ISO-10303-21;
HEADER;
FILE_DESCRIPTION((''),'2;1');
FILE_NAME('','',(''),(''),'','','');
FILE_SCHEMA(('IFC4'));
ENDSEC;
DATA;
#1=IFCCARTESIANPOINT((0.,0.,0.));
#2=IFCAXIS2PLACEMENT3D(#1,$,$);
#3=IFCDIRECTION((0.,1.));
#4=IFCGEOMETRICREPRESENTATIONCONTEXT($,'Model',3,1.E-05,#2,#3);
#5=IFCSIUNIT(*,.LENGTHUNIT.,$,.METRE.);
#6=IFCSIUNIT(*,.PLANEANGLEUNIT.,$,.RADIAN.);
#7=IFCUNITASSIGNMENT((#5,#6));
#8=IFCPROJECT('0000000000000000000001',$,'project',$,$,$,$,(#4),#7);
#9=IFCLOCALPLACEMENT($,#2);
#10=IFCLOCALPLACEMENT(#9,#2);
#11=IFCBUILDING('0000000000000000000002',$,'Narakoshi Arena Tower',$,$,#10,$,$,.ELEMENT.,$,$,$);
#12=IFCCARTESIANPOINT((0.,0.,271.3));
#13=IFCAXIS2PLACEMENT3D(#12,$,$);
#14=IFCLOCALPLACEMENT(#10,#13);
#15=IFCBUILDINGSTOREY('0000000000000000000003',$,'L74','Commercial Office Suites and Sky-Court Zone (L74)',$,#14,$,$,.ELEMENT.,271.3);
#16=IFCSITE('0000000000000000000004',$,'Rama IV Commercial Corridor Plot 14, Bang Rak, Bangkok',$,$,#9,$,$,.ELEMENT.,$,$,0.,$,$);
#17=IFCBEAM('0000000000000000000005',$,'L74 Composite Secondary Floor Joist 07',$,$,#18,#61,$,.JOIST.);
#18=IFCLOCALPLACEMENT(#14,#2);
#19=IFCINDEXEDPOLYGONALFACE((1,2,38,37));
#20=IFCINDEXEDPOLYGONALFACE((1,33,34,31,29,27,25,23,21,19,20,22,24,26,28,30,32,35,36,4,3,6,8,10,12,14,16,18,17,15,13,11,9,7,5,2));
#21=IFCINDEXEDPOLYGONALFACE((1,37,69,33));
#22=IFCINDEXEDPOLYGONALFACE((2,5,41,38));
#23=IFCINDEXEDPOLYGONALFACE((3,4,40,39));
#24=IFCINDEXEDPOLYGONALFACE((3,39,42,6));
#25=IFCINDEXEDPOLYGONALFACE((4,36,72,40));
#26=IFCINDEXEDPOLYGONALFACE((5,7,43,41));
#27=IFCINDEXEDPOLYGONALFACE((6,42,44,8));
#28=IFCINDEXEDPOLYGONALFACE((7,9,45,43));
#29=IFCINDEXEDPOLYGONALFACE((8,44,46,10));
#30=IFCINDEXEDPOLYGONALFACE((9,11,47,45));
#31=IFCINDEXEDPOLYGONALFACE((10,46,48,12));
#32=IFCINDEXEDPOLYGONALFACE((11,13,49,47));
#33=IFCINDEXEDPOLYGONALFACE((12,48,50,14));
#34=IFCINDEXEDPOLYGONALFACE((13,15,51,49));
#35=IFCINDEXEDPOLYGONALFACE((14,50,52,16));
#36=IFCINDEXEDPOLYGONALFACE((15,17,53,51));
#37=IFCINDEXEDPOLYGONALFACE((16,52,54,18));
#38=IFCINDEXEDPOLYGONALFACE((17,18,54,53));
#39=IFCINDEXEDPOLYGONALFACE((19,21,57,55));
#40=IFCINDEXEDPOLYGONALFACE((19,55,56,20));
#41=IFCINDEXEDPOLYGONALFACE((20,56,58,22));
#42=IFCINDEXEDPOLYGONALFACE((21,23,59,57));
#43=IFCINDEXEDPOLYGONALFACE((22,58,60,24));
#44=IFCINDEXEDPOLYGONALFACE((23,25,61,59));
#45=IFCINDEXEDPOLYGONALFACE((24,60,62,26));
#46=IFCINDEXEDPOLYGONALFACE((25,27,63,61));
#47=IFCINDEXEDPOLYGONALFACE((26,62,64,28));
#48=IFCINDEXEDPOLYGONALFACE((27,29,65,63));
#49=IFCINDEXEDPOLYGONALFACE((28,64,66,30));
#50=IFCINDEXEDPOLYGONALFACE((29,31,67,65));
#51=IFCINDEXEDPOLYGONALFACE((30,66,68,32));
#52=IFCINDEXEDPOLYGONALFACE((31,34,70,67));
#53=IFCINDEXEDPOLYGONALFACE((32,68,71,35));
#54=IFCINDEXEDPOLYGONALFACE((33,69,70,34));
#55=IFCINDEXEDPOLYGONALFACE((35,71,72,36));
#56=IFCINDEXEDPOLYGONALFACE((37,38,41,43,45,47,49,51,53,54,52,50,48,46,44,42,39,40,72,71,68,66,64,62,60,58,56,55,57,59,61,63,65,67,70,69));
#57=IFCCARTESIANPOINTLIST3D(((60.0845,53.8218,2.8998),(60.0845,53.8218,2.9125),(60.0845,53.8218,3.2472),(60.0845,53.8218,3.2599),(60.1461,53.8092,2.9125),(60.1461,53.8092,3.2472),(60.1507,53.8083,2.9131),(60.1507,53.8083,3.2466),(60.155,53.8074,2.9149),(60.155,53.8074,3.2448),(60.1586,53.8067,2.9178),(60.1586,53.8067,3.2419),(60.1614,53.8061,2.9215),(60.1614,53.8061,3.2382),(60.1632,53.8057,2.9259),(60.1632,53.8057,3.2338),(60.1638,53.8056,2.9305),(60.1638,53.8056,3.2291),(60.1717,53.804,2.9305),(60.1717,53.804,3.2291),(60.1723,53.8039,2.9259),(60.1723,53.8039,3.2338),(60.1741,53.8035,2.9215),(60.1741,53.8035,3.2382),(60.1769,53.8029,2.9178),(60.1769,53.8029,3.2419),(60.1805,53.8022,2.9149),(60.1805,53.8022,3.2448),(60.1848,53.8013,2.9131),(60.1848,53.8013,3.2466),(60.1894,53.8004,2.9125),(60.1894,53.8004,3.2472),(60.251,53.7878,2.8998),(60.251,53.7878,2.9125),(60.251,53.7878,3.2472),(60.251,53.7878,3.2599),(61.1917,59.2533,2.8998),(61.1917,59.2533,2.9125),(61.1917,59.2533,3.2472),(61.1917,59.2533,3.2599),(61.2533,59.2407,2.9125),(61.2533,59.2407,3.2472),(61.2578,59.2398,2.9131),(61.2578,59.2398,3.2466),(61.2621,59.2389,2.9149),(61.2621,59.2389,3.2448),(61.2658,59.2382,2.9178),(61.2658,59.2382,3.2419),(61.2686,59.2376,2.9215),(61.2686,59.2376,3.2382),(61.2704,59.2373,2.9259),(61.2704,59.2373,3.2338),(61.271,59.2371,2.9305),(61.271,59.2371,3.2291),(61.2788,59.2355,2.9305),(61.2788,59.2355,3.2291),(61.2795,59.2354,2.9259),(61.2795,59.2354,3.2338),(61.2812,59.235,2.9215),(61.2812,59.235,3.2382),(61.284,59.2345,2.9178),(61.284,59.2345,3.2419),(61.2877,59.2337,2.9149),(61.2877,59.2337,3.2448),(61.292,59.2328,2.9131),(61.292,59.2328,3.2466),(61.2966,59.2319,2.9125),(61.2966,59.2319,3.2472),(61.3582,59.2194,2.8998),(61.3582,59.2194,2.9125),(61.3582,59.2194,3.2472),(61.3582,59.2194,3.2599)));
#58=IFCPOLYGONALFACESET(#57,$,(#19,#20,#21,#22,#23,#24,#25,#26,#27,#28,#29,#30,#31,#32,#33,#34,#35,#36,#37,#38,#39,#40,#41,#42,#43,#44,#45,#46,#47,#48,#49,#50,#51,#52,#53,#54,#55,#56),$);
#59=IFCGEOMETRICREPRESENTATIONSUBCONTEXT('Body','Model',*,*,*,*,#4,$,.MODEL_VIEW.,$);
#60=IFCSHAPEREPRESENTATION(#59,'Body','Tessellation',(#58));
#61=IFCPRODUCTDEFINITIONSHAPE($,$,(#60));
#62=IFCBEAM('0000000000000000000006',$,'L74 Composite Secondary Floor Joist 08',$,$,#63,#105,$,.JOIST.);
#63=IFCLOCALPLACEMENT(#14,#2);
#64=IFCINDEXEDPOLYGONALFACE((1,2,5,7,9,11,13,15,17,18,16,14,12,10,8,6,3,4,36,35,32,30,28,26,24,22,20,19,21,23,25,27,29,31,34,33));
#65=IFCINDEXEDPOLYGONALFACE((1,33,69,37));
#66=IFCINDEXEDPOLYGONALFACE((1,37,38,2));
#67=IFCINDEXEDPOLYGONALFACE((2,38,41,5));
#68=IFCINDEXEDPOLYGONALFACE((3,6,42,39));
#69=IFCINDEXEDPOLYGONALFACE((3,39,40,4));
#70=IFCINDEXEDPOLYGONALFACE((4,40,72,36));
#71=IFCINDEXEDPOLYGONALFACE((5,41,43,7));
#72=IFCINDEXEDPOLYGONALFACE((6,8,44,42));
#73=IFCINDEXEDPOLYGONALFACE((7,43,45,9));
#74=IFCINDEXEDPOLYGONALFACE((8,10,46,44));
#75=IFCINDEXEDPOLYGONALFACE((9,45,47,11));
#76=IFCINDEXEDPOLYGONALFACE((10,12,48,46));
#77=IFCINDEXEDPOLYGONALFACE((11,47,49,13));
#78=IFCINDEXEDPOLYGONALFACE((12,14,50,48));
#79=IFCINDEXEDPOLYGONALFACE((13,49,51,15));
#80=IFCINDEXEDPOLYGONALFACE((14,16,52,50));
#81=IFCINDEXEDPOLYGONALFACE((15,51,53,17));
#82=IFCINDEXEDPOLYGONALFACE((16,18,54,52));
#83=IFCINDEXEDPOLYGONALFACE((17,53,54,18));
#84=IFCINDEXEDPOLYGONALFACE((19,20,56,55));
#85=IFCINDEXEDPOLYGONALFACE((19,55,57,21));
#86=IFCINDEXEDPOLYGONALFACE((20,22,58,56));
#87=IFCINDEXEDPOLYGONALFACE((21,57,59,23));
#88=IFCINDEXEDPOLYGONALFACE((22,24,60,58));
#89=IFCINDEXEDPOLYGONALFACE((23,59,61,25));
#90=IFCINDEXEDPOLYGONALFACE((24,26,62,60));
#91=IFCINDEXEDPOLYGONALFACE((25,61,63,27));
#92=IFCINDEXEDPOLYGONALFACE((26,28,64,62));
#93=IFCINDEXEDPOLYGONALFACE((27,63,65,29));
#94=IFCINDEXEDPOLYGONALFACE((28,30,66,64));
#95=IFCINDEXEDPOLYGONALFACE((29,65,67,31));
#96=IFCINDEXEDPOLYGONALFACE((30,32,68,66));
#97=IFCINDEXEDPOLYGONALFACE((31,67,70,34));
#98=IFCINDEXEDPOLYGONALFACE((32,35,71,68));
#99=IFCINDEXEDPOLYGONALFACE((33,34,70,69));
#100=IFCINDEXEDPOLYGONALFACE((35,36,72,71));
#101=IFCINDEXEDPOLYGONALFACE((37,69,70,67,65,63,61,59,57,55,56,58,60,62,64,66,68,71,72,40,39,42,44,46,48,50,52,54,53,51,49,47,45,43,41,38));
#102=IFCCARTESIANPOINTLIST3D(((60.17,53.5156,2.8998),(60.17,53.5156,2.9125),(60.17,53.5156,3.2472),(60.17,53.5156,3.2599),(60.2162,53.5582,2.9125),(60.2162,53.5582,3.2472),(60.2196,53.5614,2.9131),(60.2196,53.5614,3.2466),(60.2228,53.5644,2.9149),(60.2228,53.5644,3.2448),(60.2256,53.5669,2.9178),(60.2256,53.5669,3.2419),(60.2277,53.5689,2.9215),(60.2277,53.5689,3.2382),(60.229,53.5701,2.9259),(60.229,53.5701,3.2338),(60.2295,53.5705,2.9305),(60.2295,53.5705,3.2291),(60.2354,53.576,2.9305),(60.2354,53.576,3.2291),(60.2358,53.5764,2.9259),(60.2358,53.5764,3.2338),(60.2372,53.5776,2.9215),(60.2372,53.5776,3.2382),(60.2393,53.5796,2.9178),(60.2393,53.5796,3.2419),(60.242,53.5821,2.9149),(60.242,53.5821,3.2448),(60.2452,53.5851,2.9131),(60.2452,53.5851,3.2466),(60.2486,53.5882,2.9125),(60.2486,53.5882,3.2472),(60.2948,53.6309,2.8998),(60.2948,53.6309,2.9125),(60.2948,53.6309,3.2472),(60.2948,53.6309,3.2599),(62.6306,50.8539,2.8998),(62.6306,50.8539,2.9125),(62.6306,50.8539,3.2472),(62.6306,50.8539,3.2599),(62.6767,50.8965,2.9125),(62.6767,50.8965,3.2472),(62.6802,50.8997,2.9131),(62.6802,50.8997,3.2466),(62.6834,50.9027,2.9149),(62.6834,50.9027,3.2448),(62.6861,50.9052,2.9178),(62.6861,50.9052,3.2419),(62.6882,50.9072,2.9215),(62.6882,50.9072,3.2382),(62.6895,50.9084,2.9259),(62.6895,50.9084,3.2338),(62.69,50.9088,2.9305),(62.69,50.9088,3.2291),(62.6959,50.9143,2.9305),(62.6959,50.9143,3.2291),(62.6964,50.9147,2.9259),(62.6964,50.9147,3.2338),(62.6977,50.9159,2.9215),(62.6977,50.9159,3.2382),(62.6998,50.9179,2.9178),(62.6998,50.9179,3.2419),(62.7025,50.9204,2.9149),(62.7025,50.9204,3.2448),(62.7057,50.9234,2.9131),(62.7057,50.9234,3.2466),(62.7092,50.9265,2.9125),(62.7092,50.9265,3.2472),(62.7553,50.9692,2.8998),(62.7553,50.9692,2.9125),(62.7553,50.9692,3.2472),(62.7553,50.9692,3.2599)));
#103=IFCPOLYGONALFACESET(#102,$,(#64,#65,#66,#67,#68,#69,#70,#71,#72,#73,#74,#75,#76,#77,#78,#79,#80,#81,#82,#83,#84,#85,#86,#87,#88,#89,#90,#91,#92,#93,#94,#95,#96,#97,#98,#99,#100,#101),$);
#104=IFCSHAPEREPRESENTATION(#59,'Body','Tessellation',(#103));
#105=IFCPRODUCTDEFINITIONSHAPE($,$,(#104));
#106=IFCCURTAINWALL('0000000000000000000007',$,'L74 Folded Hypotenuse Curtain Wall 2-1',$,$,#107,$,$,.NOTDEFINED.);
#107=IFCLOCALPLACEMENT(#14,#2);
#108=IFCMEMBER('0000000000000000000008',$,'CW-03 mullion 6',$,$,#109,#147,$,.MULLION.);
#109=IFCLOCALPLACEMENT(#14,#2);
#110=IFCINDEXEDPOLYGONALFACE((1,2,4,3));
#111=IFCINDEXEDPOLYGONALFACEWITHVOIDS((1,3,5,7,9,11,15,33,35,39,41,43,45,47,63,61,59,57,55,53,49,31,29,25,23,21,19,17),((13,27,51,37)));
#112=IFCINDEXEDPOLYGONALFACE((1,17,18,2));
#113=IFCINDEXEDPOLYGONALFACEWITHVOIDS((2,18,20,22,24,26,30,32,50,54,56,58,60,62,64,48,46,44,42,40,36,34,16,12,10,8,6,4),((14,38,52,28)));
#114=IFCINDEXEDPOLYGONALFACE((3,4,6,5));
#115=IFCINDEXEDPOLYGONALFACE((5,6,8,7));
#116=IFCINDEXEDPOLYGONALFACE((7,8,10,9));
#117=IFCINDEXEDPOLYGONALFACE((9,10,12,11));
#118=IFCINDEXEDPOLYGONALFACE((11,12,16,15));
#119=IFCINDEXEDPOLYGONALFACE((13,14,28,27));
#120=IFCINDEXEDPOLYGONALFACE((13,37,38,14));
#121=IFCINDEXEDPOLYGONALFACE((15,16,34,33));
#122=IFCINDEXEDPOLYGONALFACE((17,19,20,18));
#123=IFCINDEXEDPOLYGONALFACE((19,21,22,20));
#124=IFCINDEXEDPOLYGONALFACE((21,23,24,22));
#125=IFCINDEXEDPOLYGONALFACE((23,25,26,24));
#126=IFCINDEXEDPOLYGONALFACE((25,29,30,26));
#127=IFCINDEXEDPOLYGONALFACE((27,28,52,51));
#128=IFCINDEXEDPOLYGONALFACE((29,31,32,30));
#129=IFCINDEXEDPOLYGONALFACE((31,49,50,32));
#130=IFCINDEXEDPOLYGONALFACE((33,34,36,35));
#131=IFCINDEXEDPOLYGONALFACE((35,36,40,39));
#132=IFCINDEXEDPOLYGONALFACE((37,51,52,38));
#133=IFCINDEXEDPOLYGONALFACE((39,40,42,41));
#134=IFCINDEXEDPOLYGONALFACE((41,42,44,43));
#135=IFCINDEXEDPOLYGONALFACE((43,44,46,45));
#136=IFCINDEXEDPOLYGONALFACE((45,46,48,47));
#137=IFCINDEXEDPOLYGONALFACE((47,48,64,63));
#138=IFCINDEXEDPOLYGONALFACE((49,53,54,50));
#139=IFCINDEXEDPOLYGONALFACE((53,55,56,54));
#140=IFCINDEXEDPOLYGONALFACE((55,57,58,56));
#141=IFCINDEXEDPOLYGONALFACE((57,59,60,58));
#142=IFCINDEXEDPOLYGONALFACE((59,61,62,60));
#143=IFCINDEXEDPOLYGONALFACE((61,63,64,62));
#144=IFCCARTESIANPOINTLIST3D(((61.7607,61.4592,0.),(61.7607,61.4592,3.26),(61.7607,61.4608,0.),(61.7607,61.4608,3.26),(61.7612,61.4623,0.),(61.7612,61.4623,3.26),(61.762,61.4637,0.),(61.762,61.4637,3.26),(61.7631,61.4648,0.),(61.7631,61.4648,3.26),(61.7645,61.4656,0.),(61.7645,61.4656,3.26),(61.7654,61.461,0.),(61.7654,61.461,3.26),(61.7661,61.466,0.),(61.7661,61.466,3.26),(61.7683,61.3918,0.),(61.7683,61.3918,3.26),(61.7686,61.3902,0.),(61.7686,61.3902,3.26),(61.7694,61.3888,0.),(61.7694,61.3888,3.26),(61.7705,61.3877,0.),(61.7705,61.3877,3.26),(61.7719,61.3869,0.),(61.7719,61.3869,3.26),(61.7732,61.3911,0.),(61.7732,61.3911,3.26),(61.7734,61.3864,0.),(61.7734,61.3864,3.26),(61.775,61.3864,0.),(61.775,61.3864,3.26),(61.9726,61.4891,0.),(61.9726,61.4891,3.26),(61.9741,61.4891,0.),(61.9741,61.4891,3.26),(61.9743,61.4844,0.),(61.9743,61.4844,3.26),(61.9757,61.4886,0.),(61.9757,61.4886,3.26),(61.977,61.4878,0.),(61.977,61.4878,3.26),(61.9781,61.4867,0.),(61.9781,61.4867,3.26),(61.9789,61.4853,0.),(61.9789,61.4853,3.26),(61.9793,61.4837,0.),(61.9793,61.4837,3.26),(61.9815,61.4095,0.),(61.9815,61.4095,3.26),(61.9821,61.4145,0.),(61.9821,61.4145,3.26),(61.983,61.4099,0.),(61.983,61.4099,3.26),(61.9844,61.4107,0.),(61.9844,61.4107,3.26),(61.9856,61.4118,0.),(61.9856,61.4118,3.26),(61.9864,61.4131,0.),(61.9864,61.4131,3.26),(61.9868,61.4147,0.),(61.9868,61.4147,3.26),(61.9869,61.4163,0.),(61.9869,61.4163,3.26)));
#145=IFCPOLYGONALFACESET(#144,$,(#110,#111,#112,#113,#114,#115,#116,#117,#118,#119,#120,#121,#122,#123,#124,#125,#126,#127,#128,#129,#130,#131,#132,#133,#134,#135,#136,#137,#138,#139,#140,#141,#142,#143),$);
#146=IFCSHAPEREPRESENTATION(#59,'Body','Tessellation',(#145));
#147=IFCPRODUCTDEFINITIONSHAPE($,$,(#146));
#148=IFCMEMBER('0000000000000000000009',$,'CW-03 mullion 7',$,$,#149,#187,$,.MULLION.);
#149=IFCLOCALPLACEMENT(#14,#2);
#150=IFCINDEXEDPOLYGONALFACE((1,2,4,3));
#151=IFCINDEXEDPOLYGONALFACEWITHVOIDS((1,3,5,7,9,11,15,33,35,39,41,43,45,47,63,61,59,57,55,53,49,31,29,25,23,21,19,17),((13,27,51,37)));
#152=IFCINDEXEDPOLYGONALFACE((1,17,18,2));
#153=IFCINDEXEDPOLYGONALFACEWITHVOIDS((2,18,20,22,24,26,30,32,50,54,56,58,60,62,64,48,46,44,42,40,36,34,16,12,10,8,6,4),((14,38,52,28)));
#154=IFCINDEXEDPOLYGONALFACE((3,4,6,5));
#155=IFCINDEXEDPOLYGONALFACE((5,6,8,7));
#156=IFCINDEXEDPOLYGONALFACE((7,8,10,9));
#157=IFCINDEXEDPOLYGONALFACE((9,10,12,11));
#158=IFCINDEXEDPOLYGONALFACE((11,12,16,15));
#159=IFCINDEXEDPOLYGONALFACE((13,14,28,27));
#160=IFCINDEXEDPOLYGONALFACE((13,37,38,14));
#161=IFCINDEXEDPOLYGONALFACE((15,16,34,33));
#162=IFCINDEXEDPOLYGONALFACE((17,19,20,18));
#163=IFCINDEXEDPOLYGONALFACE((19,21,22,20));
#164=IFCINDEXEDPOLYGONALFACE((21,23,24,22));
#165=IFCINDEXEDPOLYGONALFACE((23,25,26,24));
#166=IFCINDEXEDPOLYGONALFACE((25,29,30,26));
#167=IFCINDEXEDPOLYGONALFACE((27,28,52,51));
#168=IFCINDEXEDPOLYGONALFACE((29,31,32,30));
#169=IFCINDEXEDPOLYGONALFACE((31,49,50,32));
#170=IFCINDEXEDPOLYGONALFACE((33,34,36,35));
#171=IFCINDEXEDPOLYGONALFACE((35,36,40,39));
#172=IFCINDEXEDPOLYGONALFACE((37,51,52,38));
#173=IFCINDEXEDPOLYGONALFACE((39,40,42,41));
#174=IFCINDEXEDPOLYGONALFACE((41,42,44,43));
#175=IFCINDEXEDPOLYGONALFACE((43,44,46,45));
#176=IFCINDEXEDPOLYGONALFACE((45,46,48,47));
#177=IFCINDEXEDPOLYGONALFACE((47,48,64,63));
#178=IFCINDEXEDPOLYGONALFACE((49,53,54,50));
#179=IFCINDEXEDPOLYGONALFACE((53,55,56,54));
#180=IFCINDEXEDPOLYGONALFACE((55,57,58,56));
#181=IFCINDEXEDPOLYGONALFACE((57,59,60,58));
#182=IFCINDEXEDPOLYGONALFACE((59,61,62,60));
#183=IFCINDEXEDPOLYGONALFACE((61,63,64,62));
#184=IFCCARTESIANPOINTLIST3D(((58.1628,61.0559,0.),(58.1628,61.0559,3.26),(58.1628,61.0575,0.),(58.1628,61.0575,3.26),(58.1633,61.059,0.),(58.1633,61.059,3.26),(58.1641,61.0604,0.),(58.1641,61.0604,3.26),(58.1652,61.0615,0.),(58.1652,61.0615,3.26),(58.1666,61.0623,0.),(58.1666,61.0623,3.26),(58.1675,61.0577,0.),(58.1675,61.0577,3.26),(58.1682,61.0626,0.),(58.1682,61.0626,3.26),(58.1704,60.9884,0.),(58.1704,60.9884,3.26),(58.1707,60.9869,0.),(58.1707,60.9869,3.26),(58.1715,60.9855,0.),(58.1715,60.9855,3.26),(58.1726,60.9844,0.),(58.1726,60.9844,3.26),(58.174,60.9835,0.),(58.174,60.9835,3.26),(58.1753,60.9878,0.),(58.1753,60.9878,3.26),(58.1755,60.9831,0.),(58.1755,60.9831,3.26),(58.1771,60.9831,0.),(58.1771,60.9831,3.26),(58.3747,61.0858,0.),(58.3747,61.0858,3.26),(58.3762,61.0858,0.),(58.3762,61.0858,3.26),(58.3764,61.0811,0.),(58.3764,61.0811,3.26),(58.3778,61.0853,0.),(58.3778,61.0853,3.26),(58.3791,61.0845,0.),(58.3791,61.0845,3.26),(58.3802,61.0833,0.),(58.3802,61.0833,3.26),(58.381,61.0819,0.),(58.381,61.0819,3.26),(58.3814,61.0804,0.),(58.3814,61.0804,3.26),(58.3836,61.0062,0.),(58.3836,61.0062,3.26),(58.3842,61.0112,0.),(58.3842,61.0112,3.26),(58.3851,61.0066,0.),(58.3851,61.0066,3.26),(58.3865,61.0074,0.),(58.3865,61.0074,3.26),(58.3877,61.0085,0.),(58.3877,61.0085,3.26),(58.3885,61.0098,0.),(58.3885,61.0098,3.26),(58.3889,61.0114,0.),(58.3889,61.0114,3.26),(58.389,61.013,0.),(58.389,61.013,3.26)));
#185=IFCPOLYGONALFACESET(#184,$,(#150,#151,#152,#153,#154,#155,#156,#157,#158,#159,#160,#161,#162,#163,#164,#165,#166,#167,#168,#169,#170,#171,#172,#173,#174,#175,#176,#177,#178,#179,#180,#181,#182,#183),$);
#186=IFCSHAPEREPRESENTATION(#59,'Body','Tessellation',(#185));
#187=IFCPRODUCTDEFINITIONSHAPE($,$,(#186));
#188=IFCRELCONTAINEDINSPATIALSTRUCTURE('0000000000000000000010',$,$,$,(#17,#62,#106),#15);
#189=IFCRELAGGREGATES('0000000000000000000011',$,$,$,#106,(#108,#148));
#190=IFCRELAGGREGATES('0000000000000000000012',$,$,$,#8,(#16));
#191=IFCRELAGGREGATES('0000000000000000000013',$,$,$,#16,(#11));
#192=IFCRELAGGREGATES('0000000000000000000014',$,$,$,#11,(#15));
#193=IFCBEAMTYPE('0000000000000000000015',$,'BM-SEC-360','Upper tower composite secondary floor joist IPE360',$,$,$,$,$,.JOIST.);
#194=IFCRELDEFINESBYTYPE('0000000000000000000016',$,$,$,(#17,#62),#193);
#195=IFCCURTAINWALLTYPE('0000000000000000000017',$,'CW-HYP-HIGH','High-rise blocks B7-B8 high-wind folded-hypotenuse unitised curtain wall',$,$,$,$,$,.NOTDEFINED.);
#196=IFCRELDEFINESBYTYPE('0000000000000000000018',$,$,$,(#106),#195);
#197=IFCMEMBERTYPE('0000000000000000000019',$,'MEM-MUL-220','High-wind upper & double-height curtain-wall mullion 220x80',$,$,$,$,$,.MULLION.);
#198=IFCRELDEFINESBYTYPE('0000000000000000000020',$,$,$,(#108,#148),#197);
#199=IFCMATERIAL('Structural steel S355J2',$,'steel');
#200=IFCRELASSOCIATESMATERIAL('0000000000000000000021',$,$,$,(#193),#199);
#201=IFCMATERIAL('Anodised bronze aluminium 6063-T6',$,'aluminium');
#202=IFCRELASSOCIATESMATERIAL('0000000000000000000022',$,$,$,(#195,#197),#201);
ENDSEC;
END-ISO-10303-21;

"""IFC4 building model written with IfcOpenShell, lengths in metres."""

from ifc_helpers import new_model, si_unit, direction, frame, origin, origin_2d, place, context, subcontext, project, spatial, hollow_rectangle, i_section, extrude, material, material_profile, profile_set, type_object, element, aggregate, save


model = new_model("IFC4")

# Units and contexts
model_context = context("Model", 3, precision=1e-05, world=origin(), true_north=direction((0.0, 1.0)))
body_context = subcontext(model_context, "Body", "Model", "MODEL_VIEW")
ifc_project = project(units=[si_unit("LENGTHUNIT", "METRE"), si_unit("PLANEANGLEUNIT", "RADIAN")], contexts=[model_context])

# Site, building, storey
site_placement = place(None, origin())
site = spatial("IfcSite", under=ifc_project, at=site_placement, Name="Rama IV Commercial Corridor Plot 14, Bang Rak, Bangkok", CompositionType="ELEMENT", RefElevation=0.0)
building_placement = place(site_placement, origin())
building = spatial("IfcBuilding", under=site, at=building_placement, Name="Narakoshi Arena Tower", CompositionType="ELEMENT")
storey_placement = place(building_placement, frame((0.0, 0.0, 271.3)))
storey = spatial("IfcBuildingStorey", under=building, at=storey_placement, Name="L74", Description="Commercial Office Suites and Sky-Court Zone (L74)", CompositionType="ELEMENT", Elevation=271.3)

# Beams
ifc_material_1 = material(Name="Structural steel S355J2", Category="steel")
ifc_material_profile_1 = material_profile(ifc_material_1, i_section(OverallWidth=0.1699, OverallDepth=0.3601, WebThickness=0.0081, FlangeThickness=0.0127, FilletRadius=0.0181, at=origin_2d()), Name="IPE360")
ifc_profile_set_1 = profile_set([ifc_material_profile_1], Name="Structural steel S355J2")
beam_type_1 = type_object("IfcBeamType", Name="BM-SEC-360", Description="Upper tower composite secondary floor joist IPE360", PredefinedType="JOIST", material=ifc_profile_set_1)
beam_1_placement = place(storey_placement, frame((61.2749, 59.2363, 3.0798), z_axis=(-0.199731, -0.979851, 0.0), x_axis=(0.979851, -0.199731, 0.0)))
element("IfcBeam", 1, at=beam_1_placement, inside=storey, type_object=beam_type_1, Name="L74 Composite Secondary Floor Joist 07", PredefinedType="JOIST", context=body_context, shape_type="SweptSolid", body=[
    extrude(i_section(OverallWidth=0.1699, OverallDepth=0.3601, WebThickness=0.0081, FlangeThickness=0.0127, FilletRadius=0.0181, at=origin_2d()), origin(), (0.0, 0.0, 1.0), 5.5432),
])
beam_2_placement = place(storey_placement, frame((60.2324, 53.5732, 3.0798), z_axis=(0.678811, -0.734313, 0.0), x_axis=(0.734313, 0.678811, 0.0)))
element("IfcBeam", 2, at=beam_2_placement, inside=storey, type_object=beam_type_1, Name="L74 Composite Secondary Floor Joist 08", PredefinedType="JOIST", context=body_context, shape_type="SweptSolid", body=[
    extrude(i_section(OverallWidth=0.1699, OverallDepth=0.3601, WebThickness=0.0081, FlangeThickness=0.0127, FilletRadius=0.0181, at=origin_2d()), origin(), (0.0, 0.0, 1.0), 3.6248),
])

# Curtain wall, members
ifc_material_2 = material(Name="Anodised bronze aluminium 6063-T6", Category="aluminium")
curtain_wall_type = type_object("IfcCurtainWallType", Name="CW-HYP-HIGH", Description="High-rise blocks B7-B8 high-wind folded-hypotenuse unitised curtain wall", PredefinedType="NOTDEFINED", material=ifc_material_2)
curtain_wall_placement = place(storey_placement, origin())
curtain_wall = element("IfcCurtainWall", 3, at=curtain_wall_placement, inside=storey, type_object=curtain_wall_type, Name="L74 Folded Hypotenuse Curtain Wall 2-1", PredefinedType="NOTDEFINED")
ifc_material_profile_2 = material_profile(ifc_material_2, hollow_rectangle(XDim=0.0801, YDim=0.22, WallThickness=0.0049, OuterFilletRadius=0.0061, at=origin_2d()), Name="MUL220x80x5")
ifc_profile_set_2 = profile_set([ifc_material_profile_2], Name="Anodised bronze aluminium 6063-T6")
member_type_1 = type_object("IfcMemberType", Name="MEM-MUL-220", Description="High-wind upper & double-height curtain-wall mullion 220x80", PredefinedType="MULLION", material=ifc_profile_set_2)
member_1_placement = place(storey_placement, frame((61.8738, 61.4377, 0.0), z_axis=(0.0, 0.0, 1.0), x_axis=(0.111396, -0.993776, 0.0)))
member_1 = element("IfcMember", 4, at=member_1_placement, type_object=member_type_1, Name="CW-03 mullion 6", PredefinedType="MULLION", context=body_context, shape_type="SweptSolid", body=[
    extrude(hollow_rectangle(XDim=0.0801, YDim=0.22, WallThickness=0.0049, OuterFilletRadius=0.0061, at=origin_2d()), origin(), (0.0, 0.0, 1.0), 3.26),
])
member_2_placement = place(storey_placement, frame((58.2759, 61.0344, 0.0), z_axis=(0.0, 0.0, 1.0), x_axis=(0.111396, -0.993776, 0.0)))
member_2 = element("IfcMember", 5, at=member_2_placement, type_object=member_type_1, Name="CW-03 mullion 7", PredefinedType="MULLION", context=body_context, shape_type="SweptSolid", body=[
    extrude(hollow_rectangle(XDim=0.0801, YDim=0.22, WallThickness=0.0049, OuterFilletRadius=0.0061, at=origin_2d()), origin(), (0.0, 0.0, 1.0), 3.26),
])
aggregate(curtain_wall, [member_1, member_2])

save(model, "model.ifc")
